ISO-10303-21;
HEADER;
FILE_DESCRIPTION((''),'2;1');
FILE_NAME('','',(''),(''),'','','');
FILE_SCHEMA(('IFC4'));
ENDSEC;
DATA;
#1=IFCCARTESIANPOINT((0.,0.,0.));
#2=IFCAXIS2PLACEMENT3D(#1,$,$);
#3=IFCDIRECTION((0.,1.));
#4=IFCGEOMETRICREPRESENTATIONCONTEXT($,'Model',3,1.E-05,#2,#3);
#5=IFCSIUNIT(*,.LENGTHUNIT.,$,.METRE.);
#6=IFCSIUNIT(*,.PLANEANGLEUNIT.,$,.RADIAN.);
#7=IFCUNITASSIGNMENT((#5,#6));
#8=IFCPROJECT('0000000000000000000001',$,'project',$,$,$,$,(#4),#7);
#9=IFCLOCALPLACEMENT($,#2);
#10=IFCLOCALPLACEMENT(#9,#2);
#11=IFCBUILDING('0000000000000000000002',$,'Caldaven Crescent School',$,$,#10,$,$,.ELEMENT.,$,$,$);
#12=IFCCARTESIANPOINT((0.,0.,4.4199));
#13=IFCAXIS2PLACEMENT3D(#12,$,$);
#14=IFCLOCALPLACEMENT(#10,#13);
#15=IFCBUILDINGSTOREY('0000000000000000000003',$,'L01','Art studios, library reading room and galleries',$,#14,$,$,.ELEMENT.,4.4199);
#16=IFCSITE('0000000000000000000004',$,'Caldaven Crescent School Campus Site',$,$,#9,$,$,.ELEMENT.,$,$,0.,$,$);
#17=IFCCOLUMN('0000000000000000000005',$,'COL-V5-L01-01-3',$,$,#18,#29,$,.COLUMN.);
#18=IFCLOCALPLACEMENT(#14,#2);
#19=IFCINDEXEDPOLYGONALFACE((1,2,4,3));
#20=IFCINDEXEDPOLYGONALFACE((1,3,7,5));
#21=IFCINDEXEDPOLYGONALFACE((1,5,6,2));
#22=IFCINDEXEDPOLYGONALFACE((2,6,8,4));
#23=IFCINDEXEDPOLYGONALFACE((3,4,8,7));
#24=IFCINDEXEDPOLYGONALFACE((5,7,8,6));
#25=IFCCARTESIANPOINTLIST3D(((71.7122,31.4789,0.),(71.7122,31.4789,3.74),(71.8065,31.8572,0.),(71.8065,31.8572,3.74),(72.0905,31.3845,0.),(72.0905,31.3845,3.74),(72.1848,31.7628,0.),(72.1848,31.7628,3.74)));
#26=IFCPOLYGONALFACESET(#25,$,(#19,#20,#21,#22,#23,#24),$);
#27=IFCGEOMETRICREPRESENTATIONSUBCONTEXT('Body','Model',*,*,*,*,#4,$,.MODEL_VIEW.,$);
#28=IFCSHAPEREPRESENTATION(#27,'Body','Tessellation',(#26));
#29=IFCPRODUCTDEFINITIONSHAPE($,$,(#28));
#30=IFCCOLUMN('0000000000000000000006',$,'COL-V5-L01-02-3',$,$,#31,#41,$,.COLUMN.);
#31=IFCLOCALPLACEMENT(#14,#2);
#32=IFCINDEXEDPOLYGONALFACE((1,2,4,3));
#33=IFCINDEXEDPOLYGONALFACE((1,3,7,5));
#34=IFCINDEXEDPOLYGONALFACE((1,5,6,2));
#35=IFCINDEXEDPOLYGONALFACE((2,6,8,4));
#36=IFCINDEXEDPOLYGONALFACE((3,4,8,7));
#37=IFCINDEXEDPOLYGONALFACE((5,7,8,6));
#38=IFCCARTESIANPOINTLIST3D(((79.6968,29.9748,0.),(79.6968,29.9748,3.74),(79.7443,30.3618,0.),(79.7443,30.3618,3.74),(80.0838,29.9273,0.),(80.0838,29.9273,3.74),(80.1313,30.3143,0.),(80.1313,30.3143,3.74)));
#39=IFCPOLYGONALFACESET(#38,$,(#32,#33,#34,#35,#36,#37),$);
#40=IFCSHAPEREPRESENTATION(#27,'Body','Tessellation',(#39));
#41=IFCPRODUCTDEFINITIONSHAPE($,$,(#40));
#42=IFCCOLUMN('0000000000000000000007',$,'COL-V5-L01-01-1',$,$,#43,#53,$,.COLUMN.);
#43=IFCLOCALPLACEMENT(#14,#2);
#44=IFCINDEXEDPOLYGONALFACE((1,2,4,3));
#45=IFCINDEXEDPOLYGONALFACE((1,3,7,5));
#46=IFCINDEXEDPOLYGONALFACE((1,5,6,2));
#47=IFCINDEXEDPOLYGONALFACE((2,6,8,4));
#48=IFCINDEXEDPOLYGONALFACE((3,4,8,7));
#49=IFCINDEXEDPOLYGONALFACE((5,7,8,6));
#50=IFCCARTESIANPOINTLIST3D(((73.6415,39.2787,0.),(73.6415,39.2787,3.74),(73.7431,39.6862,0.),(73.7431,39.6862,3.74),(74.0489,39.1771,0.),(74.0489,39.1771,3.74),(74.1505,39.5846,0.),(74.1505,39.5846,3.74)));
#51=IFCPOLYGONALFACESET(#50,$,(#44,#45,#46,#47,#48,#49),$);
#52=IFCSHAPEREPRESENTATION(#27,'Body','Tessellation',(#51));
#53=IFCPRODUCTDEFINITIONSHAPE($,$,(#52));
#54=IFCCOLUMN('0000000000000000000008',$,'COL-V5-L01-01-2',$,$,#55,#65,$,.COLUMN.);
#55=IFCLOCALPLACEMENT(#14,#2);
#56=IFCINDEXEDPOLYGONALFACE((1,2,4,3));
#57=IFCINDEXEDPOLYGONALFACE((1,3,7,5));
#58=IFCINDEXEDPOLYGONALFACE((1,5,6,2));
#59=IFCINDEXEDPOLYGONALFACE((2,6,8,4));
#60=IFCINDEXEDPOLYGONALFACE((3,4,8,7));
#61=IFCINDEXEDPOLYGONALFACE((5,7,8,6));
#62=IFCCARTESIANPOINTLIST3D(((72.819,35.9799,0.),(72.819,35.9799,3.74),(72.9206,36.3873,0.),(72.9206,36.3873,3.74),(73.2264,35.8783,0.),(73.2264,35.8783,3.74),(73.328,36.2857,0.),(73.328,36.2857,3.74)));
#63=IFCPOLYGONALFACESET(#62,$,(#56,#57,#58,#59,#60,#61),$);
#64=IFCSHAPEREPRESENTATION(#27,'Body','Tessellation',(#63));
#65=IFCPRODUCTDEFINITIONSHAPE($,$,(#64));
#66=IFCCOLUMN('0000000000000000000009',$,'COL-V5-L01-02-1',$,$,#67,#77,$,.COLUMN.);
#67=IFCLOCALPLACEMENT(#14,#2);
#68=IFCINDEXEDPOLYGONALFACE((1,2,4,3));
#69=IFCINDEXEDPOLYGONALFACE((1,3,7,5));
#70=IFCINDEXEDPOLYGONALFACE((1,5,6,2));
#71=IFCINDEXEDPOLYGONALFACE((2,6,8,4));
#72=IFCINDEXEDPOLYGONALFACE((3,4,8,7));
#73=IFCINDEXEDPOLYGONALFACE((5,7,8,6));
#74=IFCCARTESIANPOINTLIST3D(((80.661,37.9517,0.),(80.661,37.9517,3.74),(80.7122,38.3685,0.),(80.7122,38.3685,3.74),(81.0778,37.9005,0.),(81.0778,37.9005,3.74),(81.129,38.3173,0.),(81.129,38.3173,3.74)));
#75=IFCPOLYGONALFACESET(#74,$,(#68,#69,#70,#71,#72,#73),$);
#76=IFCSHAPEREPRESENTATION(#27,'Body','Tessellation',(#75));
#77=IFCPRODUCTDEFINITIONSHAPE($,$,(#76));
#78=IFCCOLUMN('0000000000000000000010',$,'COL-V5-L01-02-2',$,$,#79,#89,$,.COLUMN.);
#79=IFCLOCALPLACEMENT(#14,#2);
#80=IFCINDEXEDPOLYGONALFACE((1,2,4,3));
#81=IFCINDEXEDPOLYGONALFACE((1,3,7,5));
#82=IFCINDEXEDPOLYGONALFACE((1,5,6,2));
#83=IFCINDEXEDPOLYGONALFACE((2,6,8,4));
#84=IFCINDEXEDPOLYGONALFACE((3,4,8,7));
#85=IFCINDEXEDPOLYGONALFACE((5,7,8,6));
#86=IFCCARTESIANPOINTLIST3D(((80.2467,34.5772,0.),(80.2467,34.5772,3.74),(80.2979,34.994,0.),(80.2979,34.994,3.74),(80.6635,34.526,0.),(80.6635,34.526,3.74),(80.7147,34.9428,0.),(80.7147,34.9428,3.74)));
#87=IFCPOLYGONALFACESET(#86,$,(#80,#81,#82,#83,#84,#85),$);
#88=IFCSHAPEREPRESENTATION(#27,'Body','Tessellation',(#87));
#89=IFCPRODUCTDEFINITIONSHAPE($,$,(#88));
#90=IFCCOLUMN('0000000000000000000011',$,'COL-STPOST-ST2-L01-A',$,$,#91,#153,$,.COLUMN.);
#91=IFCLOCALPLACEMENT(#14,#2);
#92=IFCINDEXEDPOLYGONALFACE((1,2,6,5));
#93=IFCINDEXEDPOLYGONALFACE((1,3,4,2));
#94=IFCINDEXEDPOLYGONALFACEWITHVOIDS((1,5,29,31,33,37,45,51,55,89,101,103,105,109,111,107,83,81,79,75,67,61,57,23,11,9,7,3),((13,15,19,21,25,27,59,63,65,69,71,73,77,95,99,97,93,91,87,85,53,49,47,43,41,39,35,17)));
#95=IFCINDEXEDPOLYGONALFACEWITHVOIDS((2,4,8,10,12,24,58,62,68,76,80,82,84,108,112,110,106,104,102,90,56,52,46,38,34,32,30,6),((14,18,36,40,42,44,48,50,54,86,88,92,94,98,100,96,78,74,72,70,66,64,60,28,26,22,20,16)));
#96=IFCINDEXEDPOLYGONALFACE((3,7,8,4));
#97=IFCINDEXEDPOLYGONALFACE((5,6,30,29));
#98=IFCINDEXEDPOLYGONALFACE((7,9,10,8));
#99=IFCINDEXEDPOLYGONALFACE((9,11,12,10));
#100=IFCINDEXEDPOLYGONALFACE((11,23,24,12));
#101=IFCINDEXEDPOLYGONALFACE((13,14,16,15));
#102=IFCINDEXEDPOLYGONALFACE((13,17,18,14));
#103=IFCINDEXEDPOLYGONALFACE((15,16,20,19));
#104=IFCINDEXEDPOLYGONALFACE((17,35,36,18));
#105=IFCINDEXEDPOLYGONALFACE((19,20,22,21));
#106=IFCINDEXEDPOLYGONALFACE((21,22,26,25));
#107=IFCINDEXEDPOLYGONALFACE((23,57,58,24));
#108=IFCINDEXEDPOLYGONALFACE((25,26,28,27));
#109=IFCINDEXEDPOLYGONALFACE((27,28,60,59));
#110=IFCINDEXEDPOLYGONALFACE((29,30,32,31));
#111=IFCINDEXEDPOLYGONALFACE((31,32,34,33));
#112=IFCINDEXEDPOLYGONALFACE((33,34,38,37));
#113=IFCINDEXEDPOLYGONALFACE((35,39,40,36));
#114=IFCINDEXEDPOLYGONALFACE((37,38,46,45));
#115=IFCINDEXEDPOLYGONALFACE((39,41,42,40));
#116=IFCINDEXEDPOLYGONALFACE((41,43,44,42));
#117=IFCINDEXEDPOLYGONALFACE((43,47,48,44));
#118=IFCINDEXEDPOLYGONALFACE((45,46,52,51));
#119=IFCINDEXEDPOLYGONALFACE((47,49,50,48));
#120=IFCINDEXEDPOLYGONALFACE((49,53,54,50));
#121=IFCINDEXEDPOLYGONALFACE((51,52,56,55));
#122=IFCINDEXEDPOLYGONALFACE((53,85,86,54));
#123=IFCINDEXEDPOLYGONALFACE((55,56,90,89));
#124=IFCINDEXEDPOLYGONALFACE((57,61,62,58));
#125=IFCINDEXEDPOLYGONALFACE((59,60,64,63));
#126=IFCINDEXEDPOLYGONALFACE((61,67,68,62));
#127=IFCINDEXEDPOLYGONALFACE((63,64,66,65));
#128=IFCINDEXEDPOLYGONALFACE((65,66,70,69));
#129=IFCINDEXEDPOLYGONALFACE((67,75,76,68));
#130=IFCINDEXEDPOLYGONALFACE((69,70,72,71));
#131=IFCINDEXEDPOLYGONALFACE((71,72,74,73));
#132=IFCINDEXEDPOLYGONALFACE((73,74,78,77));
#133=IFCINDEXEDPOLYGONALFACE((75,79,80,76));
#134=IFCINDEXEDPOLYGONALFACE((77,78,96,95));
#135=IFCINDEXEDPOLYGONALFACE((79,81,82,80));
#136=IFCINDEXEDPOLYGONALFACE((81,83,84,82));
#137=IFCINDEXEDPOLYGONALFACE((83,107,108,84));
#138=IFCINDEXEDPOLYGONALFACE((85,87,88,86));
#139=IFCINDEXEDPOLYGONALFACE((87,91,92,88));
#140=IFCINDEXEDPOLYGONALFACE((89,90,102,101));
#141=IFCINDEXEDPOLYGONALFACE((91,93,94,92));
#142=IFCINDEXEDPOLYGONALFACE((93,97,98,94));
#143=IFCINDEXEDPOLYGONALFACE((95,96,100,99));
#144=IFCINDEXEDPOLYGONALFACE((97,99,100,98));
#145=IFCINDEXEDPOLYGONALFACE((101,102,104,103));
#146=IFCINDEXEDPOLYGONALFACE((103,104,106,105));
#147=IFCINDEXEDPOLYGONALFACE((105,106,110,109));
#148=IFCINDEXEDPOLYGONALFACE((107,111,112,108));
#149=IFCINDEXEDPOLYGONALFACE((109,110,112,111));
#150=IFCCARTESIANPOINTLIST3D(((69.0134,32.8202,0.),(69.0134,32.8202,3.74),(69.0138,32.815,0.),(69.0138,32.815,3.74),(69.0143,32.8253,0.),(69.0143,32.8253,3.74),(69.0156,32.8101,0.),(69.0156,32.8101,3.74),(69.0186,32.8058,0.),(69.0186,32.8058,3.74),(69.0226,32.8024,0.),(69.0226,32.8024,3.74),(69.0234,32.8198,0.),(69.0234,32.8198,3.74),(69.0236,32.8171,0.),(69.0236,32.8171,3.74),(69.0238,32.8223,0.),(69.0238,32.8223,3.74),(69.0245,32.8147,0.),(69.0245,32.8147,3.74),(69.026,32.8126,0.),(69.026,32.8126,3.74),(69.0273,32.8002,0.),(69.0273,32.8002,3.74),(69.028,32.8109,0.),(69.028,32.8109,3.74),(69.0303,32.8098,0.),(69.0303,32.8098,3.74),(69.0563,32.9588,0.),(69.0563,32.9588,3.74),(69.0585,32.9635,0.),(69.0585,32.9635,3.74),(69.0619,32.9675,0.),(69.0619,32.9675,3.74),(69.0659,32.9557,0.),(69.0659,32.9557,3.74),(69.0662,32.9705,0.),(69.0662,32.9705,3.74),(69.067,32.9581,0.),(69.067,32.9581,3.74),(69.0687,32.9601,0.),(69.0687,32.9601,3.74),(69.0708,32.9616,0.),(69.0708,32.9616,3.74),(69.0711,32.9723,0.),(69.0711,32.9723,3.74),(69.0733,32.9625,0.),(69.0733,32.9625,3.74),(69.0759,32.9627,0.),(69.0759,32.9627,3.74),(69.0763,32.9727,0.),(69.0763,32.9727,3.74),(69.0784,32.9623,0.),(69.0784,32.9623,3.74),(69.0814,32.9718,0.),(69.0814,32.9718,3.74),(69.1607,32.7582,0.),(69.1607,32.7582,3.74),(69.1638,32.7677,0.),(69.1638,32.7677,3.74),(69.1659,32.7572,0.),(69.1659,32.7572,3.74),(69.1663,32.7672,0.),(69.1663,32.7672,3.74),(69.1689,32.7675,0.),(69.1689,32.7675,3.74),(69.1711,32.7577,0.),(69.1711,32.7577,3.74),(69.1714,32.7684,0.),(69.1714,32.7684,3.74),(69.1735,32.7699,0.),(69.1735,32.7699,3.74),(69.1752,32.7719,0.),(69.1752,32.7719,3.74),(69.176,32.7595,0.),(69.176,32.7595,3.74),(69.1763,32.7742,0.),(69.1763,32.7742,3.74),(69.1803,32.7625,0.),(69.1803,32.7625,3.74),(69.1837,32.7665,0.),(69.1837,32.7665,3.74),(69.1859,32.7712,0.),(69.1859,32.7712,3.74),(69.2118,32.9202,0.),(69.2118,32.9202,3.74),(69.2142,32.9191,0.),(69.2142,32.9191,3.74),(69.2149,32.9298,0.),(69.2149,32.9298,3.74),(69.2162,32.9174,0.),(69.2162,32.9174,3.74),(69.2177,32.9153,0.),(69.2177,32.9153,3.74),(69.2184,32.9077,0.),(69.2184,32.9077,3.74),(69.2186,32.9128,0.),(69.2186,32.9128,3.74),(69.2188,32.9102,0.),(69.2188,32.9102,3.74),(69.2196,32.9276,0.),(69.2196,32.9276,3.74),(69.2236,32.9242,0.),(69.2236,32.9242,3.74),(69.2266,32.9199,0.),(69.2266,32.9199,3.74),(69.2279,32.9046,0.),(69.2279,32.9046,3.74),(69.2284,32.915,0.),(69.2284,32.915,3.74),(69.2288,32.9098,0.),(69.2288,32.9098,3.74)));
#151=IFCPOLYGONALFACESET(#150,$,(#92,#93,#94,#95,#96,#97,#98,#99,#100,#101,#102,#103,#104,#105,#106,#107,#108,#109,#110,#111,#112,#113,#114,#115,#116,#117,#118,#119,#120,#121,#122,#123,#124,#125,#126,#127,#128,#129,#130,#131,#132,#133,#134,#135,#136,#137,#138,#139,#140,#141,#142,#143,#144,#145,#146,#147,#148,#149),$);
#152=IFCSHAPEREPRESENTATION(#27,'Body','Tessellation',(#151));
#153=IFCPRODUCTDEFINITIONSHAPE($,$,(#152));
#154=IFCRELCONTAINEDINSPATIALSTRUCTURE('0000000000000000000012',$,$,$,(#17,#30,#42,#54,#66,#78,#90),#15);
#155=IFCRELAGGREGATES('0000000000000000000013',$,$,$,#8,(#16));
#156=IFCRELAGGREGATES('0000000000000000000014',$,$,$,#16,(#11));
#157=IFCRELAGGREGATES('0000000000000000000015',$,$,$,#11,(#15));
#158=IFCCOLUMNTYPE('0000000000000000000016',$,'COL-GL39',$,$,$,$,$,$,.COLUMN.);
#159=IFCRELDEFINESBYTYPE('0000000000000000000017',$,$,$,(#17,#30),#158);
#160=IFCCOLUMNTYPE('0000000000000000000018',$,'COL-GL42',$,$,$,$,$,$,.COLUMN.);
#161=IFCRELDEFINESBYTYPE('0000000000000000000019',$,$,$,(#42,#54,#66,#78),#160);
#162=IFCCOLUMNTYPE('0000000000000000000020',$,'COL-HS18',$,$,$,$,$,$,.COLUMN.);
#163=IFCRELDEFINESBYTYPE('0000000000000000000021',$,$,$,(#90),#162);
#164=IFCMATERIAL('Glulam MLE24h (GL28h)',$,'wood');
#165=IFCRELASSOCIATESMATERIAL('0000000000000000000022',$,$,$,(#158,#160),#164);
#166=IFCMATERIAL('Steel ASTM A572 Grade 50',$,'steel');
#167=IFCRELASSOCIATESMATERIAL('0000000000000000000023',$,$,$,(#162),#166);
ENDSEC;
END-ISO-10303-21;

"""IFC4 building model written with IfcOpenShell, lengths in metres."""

from ifc_helpers import new_model, si_unit, direction, frame, origin, origin_2d, place, context, subcontext, project, spatial, rectangle, hollow_rectangle, extrude, material, material_profile, profile_set, type_object, element, save


model = new_model("IFC4")

# Units and contexts
model_context = context("Model", 3, precision=1e-05, world=origin(), true_north=direction((0.0, 1.0)))
body_context = subcontext(model_context, "Body", "Model", "MODEL_VIEW")
ifc_project = project(units=[si_unit("LENGTHUNIT", "METRE"), si_unit("PLANEANGLEUNIT", "RADIAN")], contexts=[model_context])

# Site, building, storey
site_placement = place(None, origin())
site = spatial("IfcSite", under=ifc_project, at=site_placement, Name="Caldaven Crescent School Campus Site", CompositionType="ELEMENT", RefElevation=0.0)
building_placement = place(site_placement, origin())
building = spatial("IfcBuilding", under=site, at=building_placement, Name="Caldaven Crescent School", CompositionType="ELEMENT")
storey_placement = place(building_placement, frame((0.0, 0.0, 4.4199)))
storey = spatial("IfcBuildingStorey", under=building, at=storey_placement, Name="L01", Description="Art studios, library reading room and galleries", CompositionType="ELEMENT", Elevation=4.4199)

# Columns
ifc_material_1 = material(Name="Glulam MLE24h (GL28h)", Category="wood")
ifc_material_profile_1 = material_profile(ifc_material_1, rectangle(XDim=0.3899, YDim=0.3899, at=origin_2d()), Name="MLE 390x390")
ifc_profile_set_1 = profile_set([ifc_material_profile_1], Name="Glulam MLE24h (GL28h)")
column_type_1 = type_object("IfcColumnType", Name="COL-GL39", PredefinedType="COLUMN", material=ifc_profile_set_1)
for number, where, z_axis, x_axis, name in (
    (1, (71.9485, 31.6208, 0.0), (0.0, 0.0, 1.0), (-0.241922, -0.970296, 0.0), "COL-V5-L01-01-3"),
    (2, (79.9141, 30.1445, 0.0), (0.0, 0.0, 1.0), (-0.121869, -0.992546, 0.0), "COL-V5-L01-02-3"),
):
    element("IfcColumn", number, at=place(storey_placement, frame(where, z_axis=z_axis, x_axis=x_axis)), inside=storey, type_object=column_type_1, Name=name, PredefinedType="COLUMN", context=body_context, shape_type="SweptSolid", body=[
        extrude(rectangle(XDim=0.3899, YDim=0.3899, at=origin_2d()), origin(), (0.0, 0.0, 1.0), 3.74),
    ])
ifc_material_profile_2 = material_profile(ifc_material_1, rectangle(XDim=0.4199, YDim=0.4199, at=origin_2d()), Name="MLE 420x420")
ifc_profile_set_2 = profile_set([ifc_material_profile_2], Name="Glulam MLE24h (GL28h)")
column_type_2 = type_object("IfcColumnType", Name="COL-GL42", PredefinedType="COLUMN", material=ifc_profile_set_2)
for number, where, z_axis, x_axis, name in (
    (3, (73.896, 39.4316, 0.0), (0.0, 0.0, 1.0), (-0.241922, -0.970296, 0.0), "COL-V5-L01-01-1"),
    (4, (73.0735, 36.1328, 0.0), (0.0, 0.0, 1.0), (-0.241922, -0.970296, 0.0), "COL-V5-L01-01-2"),
    (5, (80.895, 38.1345, 0.0), (0.0, 0.0, 1.0), (-0.121869, -0.992546, 0.0), "COL-V5-L01-02-1"),
    (6, (80.4807, 34.76, 0.0), (0.0, 0.0, 1.0), (-0.121869, -0.992546, 0.0), "COL-V5-L01-02-2"),
):
    element("IfcColumn", number, at=place(storey_placement, frame(where, z_axis=z_axis, x_axis=x_axis)), inside=storey, type_object=column_type_2, Name=name, PredefinedType="COLUMN", context=body_context, shape_type="SweptSolid", body=[
        extrude(rectangle(XDim=0.4199, YDim=0.4199, at=origin_2d()), origin(), (0.0, 0.0, 1.0), 3.74),
    ])
ifc_material_2 = material(Name="Steel ASTM A572 Grade 50", Category="steel")
ifc_material_profile_3 = material_profile(ifc_material_2, hollow_rectangle(XDim=0.1799, YDim=0.1799, WallThickness=0.01, InnerFilletRadius=0.01, OuterFilletRadius=0.02, at=origin_2d()), Name="HSS 180x180x10")
ifc_profile_set_3 = profile_set([ifc_material_profile_3], Name="Steel ASTM A572 Grade 50")
column_type_3 = type_object("IfcColumnType", Name="COL-HS18", PredefinedType="COLUMN", material=ifc_profile_set_3)
for number, where, z_axis, x_axis, name in (
    (7, (69.1211, 32.865, 0.0), (0.0, 0.0, 1.0), (0.953717, -0.300706, 0.0), "COL-STPOST-ST2-L01-A"),
):
    element("IfcColumn", number, at=place(storey_placement, frame(where, z_axis=z_axis, x_axis=x_axis)), inside=storey, type_object=column_type_3, Name=name, PredefinedType="COLUMN", context=body_context, shape_type="SweptSolid", body=[
        extrude(hollow_rectangle(XDim=0.1799, YDim=0.1799, WallThickness=0.01, InnerFilletRadius=0.01, OuterFilletRadius=0.02, at=origin_2d()), origin(), (0.0, 0.0, 1.0), 3.74),
    ])

save(model, "model.ifc")
